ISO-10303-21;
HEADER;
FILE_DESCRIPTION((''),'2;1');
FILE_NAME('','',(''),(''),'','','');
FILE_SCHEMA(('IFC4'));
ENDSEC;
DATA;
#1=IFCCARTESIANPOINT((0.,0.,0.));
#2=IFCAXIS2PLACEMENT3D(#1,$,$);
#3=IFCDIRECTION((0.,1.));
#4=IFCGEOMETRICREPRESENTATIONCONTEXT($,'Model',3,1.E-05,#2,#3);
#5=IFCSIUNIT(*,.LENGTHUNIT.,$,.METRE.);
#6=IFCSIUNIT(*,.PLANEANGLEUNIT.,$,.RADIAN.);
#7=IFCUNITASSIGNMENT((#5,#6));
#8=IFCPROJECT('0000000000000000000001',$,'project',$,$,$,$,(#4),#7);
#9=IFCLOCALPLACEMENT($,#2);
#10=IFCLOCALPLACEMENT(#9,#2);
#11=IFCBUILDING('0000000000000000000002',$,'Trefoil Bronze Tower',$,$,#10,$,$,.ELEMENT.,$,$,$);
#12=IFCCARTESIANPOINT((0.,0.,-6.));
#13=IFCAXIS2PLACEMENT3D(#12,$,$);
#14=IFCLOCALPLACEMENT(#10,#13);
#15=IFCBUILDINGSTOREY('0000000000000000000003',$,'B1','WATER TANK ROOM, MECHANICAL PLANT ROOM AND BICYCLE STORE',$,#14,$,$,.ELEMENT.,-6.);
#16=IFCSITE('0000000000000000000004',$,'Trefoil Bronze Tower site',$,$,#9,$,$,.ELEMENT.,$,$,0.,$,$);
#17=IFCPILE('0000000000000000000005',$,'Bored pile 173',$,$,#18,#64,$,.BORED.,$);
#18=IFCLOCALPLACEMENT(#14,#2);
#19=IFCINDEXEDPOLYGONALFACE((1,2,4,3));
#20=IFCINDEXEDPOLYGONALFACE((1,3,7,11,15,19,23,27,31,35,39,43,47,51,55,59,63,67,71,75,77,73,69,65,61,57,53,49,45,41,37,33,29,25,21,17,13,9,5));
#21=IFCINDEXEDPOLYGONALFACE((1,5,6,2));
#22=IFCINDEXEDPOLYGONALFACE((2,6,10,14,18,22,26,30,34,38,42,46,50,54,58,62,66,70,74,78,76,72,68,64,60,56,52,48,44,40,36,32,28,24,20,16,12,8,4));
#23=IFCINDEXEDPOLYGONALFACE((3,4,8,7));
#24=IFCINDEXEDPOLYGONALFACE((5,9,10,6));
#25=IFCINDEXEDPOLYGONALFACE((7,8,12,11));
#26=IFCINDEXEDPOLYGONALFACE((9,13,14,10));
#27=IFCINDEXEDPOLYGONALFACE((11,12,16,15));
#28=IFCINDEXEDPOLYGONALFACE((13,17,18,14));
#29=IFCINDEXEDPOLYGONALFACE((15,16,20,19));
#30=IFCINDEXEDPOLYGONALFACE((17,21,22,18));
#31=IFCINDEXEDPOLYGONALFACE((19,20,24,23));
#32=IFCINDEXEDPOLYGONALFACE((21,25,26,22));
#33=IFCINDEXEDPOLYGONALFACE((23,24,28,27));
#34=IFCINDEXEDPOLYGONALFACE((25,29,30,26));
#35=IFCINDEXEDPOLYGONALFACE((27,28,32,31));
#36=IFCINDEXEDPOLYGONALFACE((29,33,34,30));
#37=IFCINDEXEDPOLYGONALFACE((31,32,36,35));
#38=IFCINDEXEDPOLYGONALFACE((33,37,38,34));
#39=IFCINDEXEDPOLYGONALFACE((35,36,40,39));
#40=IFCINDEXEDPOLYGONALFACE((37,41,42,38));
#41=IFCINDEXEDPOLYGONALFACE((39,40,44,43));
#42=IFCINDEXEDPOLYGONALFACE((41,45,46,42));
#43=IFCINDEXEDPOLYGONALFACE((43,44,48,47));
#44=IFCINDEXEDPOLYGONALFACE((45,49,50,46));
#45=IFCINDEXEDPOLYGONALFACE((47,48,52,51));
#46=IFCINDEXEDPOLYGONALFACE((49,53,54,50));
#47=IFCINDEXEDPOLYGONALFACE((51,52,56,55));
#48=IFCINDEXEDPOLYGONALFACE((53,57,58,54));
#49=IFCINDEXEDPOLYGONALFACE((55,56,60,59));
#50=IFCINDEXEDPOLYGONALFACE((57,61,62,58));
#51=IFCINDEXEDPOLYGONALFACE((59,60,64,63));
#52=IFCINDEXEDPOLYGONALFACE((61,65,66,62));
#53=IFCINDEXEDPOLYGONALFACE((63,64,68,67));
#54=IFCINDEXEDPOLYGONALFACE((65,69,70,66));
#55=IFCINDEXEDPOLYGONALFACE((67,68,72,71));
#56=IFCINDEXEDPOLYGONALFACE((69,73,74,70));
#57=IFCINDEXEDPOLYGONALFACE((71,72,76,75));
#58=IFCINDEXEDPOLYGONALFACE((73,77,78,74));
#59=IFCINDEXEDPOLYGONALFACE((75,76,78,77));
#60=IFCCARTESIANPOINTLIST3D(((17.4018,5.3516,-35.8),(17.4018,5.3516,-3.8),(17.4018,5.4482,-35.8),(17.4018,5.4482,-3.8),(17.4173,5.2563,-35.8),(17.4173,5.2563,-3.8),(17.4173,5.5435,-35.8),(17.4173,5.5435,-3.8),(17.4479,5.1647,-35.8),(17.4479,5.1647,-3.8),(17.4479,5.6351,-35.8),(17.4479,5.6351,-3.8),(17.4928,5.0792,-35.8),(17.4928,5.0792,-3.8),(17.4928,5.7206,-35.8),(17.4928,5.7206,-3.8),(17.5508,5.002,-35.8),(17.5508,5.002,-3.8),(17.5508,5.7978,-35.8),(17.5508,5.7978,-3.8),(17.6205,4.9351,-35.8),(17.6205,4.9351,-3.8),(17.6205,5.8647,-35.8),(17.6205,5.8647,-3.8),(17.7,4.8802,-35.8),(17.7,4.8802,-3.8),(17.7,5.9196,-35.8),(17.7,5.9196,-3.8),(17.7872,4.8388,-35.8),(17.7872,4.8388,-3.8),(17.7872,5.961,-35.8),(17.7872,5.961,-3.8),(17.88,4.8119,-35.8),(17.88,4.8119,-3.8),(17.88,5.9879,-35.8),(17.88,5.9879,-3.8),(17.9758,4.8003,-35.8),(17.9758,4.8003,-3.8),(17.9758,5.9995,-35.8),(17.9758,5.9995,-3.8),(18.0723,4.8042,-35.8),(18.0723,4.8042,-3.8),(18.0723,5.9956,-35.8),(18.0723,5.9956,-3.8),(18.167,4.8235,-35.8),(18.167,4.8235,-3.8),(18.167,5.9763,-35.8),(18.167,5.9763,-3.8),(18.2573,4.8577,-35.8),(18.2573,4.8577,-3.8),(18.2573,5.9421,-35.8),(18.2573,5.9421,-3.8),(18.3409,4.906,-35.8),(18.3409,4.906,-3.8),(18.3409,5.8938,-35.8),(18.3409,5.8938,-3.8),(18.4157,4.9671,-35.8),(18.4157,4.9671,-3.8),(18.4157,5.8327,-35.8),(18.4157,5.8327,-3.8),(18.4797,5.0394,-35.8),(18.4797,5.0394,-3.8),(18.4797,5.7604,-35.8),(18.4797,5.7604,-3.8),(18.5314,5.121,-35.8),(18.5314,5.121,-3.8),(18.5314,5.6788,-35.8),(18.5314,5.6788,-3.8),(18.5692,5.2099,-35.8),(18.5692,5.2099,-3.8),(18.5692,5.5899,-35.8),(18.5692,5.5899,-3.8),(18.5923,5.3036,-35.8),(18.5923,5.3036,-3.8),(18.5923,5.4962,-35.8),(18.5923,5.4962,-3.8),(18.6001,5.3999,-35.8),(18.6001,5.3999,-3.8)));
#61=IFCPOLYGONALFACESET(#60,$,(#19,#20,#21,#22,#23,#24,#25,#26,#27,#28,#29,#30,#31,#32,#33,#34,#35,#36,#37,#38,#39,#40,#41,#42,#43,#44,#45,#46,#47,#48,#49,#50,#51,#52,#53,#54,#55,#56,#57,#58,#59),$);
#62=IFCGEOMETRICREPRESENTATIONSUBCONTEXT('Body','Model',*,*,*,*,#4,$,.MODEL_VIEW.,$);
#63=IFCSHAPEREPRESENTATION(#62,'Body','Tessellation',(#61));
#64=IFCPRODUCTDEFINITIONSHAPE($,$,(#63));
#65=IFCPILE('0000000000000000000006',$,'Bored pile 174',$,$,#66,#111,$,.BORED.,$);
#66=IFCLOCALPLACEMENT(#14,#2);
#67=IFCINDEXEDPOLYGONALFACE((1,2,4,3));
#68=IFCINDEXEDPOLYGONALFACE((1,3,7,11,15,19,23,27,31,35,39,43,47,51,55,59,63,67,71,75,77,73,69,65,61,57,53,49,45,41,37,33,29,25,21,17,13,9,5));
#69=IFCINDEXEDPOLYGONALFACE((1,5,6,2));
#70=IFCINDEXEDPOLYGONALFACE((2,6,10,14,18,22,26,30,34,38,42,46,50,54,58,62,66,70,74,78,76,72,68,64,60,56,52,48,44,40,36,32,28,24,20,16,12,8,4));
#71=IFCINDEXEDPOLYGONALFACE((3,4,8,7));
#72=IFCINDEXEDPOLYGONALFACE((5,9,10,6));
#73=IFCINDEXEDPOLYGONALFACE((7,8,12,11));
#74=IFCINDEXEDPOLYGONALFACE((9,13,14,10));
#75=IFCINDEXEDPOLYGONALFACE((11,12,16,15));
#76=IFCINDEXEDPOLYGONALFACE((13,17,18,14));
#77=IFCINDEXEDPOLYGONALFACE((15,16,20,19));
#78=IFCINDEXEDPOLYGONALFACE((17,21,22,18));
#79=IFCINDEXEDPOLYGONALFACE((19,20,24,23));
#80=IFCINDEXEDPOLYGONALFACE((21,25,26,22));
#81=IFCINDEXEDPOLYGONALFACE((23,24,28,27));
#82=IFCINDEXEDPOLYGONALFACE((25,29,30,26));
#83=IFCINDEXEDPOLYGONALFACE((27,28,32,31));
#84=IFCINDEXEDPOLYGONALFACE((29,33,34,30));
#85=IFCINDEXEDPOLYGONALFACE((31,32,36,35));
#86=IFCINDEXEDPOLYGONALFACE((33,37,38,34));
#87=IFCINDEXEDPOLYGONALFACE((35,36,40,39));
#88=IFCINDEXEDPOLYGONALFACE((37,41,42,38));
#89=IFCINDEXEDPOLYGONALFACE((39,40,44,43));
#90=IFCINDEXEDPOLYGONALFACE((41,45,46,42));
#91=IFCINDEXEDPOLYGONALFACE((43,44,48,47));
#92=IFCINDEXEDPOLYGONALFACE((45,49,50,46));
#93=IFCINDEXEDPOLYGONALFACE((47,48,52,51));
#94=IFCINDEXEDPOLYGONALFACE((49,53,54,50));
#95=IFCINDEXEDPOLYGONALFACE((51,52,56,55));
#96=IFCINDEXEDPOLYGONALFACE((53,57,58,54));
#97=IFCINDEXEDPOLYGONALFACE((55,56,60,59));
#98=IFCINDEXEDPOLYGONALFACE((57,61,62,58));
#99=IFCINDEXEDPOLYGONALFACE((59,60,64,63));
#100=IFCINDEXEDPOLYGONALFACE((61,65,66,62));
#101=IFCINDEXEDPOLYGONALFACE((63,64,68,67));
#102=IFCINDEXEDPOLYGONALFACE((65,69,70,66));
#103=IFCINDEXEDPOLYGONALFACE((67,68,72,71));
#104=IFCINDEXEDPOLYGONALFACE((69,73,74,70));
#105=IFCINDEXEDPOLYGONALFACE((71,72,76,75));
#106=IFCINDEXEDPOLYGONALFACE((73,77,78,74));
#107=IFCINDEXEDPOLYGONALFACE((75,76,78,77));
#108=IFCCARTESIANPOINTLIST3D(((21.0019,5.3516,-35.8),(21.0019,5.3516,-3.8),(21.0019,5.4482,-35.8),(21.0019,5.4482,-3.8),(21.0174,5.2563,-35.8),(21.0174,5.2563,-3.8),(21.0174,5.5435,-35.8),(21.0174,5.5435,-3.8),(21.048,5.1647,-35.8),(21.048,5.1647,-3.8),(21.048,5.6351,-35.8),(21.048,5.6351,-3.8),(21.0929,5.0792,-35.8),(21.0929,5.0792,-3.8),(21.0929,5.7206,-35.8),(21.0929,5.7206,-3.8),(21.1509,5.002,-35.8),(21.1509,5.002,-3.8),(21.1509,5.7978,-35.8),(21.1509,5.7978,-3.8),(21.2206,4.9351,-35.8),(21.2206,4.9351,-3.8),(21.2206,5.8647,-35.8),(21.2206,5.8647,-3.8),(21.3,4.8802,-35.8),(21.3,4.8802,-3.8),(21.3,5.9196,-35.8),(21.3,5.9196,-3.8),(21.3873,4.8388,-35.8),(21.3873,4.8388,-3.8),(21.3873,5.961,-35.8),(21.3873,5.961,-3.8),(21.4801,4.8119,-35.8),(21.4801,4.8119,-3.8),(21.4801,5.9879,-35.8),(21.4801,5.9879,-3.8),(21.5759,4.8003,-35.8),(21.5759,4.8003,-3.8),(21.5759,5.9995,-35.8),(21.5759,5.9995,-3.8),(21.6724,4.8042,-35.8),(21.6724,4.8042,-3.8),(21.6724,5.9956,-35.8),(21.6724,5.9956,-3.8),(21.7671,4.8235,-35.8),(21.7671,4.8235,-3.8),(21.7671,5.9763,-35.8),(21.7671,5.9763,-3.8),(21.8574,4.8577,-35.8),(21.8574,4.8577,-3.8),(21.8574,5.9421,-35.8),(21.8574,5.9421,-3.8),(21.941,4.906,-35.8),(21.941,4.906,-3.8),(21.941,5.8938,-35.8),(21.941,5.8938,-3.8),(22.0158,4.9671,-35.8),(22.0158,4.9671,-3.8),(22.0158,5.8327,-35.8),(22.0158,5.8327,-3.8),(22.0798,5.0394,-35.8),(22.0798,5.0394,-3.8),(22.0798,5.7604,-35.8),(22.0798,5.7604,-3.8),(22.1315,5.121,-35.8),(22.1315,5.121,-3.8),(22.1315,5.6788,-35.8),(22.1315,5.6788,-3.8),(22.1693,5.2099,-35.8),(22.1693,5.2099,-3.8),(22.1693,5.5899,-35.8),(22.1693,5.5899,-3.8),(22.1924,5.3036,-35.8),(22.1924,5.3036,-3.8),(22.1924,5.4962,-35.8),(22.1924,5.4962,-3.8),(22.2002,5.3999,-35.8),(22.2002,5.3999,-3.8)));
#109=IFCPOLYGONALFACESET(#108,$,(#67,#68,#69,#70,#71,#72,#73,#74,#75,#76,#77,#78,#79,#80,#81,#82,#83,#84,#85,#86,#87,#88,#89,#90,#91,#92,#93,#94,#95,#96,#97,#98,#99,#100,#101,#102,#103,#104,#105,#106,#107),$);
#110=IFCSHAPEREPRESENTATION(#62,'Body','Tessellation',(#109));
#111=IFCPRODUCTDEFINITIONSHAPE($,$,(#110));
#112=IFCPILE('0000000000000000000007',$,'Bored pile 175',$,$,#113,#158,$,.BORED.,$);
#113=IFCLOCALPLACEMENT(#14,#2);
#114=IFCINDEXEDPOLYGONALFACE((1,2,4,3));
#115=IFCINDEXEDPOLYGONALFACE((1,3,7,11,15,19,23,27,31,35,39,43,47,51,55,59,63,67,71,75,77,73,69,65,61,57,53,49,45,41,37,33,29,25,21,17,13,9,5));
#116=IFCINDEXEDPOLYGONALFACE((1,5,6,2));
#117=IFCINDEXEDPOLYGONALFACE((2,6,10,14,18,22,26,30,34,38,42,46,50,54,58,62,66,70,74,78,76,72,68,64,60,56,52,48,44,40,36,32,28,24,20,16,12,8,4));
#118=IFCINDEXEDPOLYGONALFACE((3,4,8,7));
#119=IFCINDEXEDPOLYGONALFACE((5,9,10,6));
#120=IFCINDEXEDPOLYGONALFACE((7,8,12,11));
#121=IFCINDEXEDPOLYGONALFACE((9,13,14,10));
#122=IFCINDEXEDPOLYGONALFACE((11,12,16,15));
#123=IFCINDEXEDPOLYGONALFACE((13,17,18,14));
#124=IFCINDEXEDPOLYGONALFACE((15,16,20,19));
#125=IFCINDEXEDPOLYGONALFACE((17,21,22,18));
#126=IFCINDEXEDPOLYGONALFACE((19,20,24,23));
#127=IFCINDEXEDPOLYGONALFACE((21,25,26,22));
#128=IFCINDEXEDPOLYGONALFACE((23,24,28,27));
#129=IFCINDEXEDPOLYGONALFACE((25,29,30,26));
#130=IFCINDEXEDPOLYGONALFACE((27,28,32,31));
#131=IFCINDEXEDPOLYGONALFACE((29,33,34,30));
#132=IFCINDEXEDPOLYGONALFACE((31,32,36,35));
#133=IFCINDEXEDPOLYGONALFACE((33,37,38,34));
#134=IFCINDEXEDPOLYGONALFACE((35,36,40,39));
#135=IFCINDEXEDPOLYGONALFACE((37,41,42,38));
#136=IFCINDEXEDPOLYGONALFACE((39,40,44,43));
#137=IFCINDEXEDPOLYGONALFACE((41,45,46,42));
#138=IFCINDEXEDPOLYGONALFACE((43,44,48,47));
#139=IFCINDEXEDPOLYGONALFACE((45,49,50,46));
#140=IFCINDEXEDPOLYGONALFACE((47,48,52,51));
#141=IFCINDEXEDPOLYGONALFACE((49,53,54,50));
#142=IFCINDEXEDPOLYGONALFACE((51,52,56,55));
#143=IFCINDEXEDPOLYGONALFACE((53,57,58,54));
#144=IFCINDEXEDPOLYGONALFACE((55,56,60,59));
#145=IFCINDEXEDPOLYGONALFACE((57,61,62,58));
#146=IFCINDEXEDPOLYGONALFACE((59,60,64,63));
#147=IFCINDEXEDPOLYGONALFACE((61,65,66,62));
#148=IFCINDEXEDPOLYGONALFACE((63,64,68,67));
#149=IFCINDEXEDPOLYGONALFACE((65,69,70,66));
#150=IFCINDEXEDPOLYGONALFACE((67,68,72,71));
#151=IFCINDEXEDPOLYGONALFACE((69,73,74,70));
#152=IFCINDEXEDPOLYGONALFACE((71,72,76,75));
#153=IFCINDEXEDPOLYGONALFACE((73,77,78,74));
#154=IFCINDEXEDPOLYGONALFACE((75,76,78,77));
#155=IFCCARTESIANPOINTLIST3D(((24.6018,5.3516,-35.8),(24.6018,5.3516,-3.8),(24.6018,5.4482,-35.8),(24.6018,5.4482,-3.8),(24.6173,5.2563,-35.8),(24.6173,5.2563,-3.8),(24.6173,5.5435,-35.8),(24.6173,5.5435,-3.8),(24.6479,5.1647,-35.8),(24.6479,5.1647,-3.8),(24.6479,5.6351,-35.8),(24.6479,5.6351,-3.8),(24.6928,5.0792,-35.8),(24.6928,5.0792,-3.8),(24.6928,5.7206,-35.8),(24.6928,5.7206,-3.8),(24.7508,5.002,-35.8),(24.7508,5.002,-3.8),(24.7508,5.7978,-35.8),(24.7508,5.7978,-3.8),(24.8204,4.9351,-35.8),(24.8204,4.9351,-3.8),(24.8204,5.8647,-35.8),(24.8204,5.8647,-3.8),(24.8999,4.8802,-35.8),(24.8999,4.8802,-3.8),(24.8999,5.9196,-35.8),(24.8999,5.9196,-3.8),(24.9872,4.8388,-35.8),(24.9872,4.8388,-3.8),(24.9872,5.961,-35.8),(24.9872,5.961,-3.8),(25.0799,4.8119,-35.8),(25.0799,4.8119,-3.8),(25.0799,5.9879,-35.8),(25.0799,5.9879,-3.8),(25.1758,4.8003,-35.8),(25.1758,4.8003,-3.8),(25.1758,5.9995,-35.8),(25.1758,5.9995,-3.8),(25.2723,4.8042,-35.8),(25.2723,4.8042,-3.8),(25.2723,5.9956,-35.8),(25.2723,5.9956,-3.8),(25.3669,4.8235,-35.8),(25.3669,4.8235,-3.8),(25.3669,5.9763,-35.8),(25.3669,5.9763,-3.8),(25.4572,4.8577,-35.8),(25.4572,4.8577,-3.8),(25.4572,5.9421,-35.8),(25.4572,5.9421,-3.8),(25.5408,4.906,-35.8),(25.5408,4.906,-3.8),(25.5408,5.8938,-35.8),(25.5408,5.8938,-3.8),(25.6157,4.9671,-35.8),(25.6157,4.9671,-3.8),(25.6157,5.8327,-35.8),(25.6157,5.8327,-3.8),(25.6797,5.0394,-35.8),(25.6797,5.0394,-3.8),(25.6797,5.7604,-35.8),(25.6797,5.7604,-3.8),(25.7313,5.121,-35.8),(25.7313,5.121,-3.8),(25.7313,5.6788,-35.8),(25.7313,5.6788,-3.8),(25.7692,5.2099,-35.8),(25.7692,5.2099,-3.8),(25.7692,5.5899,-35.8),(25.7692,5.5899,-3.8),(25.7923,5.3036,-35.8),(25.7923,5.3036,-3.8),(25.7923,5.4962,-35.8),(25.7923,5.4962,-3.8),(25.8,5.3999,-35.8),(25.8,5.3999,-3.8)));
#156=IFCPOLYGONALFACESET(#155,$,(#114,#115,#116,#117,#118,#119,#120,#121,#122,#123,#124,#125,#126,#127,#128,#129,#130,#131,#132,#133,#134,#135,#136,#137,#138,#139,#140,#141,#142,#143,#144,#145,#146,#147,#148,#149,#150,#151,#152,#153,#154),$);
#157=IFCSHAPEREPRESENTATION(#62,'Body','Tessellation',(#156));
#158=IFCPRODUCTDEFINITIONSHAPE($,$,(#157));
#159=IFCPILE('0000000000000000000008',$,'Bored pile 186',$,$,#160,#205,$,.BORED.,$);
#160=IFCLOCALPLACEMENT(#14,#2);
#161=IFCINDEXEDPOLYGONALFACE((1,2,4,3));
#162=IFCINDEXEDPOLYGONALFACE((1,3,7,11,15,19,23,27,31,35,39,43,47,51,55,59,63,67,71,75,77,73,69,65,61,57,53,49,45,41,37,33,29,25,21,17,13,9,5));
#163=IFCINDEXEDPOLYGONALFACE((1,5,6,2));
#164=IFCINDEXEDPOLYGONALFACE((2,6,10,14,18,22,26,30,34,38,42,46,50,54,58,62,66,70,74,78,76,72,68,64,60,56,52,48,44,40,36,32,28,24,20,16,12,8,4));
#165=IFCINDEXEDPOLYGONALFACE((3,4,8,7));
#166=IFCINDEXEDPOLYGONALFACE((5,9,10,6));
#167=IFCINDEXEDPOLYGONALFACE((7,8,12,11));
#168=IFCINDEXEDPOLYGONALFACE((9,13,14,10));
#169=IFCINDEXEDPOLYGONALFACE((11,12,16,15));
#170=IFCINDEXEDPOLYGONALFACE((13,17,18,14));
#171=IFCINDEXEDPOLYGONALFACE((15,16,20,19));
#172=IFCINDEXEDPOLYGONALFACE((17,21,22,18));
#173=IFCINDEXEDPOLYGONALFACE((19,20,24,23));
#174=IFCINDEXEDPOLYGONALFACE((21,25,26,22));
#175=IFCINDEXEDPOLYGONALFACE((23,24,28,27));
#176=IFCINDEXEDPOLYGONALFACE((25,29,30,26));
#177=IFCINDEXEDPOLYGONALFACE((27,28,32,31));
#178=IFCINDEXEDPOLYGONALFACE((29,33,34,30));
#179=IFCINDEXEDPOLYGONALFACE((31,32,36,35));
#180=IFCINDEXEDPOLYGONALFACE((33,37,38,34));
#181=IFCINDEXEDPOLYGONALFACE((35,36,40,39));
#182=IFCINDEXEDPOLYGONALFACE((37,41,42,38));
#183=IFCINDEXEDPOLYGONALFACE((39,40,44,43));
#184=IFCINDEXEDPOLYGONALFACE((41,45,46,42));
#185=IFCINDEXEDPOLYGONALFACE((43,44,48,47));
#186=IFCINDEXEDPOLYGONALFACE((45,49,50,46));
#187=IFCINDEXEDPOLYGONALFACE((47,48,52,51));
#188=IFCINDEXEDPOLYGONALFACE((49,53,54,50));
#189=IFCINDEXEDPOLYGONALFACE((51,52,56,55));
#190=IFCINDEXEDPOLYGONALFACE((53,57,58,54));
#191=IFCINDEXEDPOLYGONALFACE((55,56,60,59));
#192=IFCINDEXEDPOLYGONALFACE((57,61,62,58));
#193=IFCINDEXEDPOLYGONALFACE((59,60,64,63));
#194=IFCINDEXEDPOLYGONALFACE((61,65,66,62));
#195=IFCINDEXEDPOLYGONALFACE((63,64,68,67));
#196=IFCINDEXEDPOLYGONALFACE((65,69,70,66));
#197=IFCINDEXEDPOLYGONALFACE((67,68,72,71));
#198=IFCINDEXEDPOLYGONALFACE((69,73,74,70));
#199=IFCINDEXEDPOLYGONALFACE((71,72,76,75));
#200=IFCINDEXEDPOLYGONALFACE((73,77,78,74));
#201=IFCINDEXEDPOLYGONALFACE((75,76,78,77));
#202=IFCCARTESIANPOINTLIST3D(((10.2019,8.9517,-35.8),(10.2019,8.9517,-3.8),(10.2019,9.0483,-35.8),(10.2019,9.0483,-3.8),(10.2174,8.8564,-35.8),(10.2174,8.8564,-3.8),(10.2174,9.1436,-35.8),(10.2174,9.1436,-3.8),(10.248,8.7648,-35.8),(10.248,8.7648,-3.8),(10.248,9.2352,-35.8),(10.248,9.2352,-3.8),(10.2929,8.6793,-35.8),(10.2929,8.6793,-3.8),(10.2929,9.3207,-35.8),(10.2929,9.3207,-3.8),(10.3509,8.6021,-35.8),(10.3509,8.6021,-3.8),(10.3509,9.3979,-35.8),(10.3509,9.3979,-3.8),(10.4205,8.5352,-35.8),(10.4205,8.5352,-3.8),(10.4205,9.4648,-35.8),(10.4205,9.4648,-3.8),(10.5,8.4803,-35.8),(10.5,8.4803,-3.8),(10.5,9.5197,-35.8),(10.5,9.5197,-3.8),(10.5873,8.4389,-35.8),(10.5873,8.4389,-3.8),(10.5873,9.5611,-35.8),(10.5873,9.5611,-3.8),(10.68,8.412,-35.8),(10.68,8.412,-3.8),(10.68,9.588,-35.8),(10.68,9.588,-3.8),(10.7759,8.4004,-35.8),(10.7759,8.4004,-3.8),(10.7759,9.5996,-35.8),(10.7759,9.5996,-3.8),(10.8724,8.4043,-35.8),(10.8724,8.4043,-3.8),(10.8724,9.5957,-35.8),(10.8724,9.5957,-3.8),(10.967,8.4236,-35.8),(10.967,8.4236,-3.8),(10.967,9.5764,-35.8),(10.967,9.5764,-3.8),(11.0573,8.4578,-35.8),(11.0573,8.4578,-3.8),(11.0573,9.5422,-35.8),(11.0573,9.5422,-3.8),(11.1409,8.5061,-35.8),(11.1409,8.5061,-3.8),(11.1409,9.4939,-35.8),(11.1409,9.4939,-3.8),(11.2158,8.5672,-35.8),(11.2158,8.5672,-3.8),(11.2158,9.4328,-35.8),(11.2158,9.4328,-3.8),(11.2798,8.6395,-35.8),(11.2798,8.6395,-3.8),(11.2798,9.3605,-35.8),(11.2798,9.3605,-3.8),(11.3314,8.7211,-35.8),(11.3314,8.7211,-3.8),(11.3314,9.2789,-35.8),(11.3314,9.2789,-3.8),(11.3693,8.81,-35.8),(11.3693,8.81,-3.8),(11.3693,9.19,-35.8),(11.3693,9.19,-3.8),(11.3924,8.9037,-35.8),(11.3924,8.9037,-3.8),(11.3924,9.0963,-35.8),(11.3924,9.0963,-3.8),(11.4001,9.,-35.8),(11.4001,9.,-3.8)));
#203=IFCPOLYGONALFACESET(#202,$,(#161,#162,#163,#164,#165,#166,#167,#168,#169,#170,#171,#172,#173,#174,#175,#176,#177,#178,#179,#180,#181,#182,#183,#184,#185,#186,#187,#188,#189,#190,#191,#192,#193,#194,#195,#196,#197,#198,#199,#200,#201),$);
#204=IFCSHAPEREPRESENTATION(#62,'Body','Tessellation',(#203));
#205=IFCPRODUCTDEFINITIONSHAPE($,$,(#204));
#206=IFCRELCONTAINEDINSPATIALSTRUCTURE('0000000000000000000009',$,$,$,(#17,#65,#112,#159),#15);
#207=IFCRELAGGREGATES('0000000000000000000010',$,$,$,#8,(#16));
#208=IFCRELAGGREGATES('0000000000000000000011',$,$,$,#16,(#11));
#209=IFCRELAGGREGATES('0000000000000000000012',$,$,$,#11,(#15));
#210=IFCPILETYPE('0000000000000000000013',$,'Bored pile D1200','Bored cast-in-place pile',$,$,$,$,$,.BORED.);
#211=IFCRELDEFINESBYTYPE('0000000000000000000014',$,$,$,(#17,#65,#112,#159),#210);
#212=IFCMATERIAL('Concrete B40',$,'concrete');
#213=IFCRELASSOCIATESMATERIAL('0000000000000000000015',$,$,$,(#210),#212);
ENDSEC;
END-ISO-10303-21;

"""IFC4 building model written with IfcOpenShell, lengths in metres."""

from ifc_helpers import new_model, si_unit, direction, frame, origin, origin_2d, place, context, subcontext, project, spatial, circle, extrude, material, type_object, element, save


model = new_model("IFC4")

# Units and contexts
model_context = context("Model", 3, precision=1e-05, world=origin(), true_north=direction((0.0, 1.0)))
body_context = subcontext(model_context, "Body", "Model", "MODEL_VIEW")
ifc_project = project(units=[si_unit("LENGTHUNIT", "METRE"), si_unit("PLANEANGLEUNIT", "RADIAN")], contexts=[model_context])

# Site, building, storey
site_placement = place(None, origin())
site = spatial("IfcSite", under=ifc_project, at=site_placement, Name="Trefoil Bronze Tower site", CompositionType="ELEMENT", RefElevation=0.0)
building_placement = place(site_placement, origin())
building = spatial("IfcBuilding", under=site, at=building_placement, Name="Trefoil Bronze Tower", CompositionType="ELEMENT")
storey_placement = place(building_placement, frame((0.0, 0.0, -6.0)))
storey = spatial("IfcBuildingStorey", under=building, at=storey_placement, Name="B1", Description="WATER TANK ROOM, MECHANICAL PLANT ROOM AND BICYCLE STORE", CompositionType="ELEMENT", Elevation=-6.0)

# Piles
ifc_material_1 = material(Name="Concrete B40", Category="concrete")
pile_type = type_object("IfcPileType", Name="Bored pile D1200", Description="Bored cast-in-place pile", PredefinedType="BORED", material=ifc_material_1)
for number, where, z_axis, x_axis, name in (
    (1, (18.0, 5.3999, -3.8), (0.0, 0.0, -1.0), (1.0, 0.0, 0.0), "Bored pile 173"),
    (2, (21.6001, 5.3999, -3.8), (0.0, 0.0, -1.0), (1.0, 0.0, 0.0), "Bored pile 174"),
    (3, (25.2, 5.3999, -3.8), (0.0, 0.0, -1.0), (1.0, 0.0, 0.0), "Bored pile 175"),
    (4, (10.8, 9.0, -3.8), (0.0, 0.0, -1.0), (1.0, 0.0, 0.0), "Bored pile 186"),
):
    element("IfcPile", number, at=place(storey_placement, frame(where, z_axis=z_axis, x_axis=x_axis)), inside=storey, type_object=pile_type, Name=name, PredefinedType="BORED", context=body_context, shape_type="SweptSolid", body=[
        extrude(circle(Radius=0.6001, at=origin_2d()), origin(), (0.0, 0.0, 1.0), 32.0),
    ])

save(model, "model.ifc")
